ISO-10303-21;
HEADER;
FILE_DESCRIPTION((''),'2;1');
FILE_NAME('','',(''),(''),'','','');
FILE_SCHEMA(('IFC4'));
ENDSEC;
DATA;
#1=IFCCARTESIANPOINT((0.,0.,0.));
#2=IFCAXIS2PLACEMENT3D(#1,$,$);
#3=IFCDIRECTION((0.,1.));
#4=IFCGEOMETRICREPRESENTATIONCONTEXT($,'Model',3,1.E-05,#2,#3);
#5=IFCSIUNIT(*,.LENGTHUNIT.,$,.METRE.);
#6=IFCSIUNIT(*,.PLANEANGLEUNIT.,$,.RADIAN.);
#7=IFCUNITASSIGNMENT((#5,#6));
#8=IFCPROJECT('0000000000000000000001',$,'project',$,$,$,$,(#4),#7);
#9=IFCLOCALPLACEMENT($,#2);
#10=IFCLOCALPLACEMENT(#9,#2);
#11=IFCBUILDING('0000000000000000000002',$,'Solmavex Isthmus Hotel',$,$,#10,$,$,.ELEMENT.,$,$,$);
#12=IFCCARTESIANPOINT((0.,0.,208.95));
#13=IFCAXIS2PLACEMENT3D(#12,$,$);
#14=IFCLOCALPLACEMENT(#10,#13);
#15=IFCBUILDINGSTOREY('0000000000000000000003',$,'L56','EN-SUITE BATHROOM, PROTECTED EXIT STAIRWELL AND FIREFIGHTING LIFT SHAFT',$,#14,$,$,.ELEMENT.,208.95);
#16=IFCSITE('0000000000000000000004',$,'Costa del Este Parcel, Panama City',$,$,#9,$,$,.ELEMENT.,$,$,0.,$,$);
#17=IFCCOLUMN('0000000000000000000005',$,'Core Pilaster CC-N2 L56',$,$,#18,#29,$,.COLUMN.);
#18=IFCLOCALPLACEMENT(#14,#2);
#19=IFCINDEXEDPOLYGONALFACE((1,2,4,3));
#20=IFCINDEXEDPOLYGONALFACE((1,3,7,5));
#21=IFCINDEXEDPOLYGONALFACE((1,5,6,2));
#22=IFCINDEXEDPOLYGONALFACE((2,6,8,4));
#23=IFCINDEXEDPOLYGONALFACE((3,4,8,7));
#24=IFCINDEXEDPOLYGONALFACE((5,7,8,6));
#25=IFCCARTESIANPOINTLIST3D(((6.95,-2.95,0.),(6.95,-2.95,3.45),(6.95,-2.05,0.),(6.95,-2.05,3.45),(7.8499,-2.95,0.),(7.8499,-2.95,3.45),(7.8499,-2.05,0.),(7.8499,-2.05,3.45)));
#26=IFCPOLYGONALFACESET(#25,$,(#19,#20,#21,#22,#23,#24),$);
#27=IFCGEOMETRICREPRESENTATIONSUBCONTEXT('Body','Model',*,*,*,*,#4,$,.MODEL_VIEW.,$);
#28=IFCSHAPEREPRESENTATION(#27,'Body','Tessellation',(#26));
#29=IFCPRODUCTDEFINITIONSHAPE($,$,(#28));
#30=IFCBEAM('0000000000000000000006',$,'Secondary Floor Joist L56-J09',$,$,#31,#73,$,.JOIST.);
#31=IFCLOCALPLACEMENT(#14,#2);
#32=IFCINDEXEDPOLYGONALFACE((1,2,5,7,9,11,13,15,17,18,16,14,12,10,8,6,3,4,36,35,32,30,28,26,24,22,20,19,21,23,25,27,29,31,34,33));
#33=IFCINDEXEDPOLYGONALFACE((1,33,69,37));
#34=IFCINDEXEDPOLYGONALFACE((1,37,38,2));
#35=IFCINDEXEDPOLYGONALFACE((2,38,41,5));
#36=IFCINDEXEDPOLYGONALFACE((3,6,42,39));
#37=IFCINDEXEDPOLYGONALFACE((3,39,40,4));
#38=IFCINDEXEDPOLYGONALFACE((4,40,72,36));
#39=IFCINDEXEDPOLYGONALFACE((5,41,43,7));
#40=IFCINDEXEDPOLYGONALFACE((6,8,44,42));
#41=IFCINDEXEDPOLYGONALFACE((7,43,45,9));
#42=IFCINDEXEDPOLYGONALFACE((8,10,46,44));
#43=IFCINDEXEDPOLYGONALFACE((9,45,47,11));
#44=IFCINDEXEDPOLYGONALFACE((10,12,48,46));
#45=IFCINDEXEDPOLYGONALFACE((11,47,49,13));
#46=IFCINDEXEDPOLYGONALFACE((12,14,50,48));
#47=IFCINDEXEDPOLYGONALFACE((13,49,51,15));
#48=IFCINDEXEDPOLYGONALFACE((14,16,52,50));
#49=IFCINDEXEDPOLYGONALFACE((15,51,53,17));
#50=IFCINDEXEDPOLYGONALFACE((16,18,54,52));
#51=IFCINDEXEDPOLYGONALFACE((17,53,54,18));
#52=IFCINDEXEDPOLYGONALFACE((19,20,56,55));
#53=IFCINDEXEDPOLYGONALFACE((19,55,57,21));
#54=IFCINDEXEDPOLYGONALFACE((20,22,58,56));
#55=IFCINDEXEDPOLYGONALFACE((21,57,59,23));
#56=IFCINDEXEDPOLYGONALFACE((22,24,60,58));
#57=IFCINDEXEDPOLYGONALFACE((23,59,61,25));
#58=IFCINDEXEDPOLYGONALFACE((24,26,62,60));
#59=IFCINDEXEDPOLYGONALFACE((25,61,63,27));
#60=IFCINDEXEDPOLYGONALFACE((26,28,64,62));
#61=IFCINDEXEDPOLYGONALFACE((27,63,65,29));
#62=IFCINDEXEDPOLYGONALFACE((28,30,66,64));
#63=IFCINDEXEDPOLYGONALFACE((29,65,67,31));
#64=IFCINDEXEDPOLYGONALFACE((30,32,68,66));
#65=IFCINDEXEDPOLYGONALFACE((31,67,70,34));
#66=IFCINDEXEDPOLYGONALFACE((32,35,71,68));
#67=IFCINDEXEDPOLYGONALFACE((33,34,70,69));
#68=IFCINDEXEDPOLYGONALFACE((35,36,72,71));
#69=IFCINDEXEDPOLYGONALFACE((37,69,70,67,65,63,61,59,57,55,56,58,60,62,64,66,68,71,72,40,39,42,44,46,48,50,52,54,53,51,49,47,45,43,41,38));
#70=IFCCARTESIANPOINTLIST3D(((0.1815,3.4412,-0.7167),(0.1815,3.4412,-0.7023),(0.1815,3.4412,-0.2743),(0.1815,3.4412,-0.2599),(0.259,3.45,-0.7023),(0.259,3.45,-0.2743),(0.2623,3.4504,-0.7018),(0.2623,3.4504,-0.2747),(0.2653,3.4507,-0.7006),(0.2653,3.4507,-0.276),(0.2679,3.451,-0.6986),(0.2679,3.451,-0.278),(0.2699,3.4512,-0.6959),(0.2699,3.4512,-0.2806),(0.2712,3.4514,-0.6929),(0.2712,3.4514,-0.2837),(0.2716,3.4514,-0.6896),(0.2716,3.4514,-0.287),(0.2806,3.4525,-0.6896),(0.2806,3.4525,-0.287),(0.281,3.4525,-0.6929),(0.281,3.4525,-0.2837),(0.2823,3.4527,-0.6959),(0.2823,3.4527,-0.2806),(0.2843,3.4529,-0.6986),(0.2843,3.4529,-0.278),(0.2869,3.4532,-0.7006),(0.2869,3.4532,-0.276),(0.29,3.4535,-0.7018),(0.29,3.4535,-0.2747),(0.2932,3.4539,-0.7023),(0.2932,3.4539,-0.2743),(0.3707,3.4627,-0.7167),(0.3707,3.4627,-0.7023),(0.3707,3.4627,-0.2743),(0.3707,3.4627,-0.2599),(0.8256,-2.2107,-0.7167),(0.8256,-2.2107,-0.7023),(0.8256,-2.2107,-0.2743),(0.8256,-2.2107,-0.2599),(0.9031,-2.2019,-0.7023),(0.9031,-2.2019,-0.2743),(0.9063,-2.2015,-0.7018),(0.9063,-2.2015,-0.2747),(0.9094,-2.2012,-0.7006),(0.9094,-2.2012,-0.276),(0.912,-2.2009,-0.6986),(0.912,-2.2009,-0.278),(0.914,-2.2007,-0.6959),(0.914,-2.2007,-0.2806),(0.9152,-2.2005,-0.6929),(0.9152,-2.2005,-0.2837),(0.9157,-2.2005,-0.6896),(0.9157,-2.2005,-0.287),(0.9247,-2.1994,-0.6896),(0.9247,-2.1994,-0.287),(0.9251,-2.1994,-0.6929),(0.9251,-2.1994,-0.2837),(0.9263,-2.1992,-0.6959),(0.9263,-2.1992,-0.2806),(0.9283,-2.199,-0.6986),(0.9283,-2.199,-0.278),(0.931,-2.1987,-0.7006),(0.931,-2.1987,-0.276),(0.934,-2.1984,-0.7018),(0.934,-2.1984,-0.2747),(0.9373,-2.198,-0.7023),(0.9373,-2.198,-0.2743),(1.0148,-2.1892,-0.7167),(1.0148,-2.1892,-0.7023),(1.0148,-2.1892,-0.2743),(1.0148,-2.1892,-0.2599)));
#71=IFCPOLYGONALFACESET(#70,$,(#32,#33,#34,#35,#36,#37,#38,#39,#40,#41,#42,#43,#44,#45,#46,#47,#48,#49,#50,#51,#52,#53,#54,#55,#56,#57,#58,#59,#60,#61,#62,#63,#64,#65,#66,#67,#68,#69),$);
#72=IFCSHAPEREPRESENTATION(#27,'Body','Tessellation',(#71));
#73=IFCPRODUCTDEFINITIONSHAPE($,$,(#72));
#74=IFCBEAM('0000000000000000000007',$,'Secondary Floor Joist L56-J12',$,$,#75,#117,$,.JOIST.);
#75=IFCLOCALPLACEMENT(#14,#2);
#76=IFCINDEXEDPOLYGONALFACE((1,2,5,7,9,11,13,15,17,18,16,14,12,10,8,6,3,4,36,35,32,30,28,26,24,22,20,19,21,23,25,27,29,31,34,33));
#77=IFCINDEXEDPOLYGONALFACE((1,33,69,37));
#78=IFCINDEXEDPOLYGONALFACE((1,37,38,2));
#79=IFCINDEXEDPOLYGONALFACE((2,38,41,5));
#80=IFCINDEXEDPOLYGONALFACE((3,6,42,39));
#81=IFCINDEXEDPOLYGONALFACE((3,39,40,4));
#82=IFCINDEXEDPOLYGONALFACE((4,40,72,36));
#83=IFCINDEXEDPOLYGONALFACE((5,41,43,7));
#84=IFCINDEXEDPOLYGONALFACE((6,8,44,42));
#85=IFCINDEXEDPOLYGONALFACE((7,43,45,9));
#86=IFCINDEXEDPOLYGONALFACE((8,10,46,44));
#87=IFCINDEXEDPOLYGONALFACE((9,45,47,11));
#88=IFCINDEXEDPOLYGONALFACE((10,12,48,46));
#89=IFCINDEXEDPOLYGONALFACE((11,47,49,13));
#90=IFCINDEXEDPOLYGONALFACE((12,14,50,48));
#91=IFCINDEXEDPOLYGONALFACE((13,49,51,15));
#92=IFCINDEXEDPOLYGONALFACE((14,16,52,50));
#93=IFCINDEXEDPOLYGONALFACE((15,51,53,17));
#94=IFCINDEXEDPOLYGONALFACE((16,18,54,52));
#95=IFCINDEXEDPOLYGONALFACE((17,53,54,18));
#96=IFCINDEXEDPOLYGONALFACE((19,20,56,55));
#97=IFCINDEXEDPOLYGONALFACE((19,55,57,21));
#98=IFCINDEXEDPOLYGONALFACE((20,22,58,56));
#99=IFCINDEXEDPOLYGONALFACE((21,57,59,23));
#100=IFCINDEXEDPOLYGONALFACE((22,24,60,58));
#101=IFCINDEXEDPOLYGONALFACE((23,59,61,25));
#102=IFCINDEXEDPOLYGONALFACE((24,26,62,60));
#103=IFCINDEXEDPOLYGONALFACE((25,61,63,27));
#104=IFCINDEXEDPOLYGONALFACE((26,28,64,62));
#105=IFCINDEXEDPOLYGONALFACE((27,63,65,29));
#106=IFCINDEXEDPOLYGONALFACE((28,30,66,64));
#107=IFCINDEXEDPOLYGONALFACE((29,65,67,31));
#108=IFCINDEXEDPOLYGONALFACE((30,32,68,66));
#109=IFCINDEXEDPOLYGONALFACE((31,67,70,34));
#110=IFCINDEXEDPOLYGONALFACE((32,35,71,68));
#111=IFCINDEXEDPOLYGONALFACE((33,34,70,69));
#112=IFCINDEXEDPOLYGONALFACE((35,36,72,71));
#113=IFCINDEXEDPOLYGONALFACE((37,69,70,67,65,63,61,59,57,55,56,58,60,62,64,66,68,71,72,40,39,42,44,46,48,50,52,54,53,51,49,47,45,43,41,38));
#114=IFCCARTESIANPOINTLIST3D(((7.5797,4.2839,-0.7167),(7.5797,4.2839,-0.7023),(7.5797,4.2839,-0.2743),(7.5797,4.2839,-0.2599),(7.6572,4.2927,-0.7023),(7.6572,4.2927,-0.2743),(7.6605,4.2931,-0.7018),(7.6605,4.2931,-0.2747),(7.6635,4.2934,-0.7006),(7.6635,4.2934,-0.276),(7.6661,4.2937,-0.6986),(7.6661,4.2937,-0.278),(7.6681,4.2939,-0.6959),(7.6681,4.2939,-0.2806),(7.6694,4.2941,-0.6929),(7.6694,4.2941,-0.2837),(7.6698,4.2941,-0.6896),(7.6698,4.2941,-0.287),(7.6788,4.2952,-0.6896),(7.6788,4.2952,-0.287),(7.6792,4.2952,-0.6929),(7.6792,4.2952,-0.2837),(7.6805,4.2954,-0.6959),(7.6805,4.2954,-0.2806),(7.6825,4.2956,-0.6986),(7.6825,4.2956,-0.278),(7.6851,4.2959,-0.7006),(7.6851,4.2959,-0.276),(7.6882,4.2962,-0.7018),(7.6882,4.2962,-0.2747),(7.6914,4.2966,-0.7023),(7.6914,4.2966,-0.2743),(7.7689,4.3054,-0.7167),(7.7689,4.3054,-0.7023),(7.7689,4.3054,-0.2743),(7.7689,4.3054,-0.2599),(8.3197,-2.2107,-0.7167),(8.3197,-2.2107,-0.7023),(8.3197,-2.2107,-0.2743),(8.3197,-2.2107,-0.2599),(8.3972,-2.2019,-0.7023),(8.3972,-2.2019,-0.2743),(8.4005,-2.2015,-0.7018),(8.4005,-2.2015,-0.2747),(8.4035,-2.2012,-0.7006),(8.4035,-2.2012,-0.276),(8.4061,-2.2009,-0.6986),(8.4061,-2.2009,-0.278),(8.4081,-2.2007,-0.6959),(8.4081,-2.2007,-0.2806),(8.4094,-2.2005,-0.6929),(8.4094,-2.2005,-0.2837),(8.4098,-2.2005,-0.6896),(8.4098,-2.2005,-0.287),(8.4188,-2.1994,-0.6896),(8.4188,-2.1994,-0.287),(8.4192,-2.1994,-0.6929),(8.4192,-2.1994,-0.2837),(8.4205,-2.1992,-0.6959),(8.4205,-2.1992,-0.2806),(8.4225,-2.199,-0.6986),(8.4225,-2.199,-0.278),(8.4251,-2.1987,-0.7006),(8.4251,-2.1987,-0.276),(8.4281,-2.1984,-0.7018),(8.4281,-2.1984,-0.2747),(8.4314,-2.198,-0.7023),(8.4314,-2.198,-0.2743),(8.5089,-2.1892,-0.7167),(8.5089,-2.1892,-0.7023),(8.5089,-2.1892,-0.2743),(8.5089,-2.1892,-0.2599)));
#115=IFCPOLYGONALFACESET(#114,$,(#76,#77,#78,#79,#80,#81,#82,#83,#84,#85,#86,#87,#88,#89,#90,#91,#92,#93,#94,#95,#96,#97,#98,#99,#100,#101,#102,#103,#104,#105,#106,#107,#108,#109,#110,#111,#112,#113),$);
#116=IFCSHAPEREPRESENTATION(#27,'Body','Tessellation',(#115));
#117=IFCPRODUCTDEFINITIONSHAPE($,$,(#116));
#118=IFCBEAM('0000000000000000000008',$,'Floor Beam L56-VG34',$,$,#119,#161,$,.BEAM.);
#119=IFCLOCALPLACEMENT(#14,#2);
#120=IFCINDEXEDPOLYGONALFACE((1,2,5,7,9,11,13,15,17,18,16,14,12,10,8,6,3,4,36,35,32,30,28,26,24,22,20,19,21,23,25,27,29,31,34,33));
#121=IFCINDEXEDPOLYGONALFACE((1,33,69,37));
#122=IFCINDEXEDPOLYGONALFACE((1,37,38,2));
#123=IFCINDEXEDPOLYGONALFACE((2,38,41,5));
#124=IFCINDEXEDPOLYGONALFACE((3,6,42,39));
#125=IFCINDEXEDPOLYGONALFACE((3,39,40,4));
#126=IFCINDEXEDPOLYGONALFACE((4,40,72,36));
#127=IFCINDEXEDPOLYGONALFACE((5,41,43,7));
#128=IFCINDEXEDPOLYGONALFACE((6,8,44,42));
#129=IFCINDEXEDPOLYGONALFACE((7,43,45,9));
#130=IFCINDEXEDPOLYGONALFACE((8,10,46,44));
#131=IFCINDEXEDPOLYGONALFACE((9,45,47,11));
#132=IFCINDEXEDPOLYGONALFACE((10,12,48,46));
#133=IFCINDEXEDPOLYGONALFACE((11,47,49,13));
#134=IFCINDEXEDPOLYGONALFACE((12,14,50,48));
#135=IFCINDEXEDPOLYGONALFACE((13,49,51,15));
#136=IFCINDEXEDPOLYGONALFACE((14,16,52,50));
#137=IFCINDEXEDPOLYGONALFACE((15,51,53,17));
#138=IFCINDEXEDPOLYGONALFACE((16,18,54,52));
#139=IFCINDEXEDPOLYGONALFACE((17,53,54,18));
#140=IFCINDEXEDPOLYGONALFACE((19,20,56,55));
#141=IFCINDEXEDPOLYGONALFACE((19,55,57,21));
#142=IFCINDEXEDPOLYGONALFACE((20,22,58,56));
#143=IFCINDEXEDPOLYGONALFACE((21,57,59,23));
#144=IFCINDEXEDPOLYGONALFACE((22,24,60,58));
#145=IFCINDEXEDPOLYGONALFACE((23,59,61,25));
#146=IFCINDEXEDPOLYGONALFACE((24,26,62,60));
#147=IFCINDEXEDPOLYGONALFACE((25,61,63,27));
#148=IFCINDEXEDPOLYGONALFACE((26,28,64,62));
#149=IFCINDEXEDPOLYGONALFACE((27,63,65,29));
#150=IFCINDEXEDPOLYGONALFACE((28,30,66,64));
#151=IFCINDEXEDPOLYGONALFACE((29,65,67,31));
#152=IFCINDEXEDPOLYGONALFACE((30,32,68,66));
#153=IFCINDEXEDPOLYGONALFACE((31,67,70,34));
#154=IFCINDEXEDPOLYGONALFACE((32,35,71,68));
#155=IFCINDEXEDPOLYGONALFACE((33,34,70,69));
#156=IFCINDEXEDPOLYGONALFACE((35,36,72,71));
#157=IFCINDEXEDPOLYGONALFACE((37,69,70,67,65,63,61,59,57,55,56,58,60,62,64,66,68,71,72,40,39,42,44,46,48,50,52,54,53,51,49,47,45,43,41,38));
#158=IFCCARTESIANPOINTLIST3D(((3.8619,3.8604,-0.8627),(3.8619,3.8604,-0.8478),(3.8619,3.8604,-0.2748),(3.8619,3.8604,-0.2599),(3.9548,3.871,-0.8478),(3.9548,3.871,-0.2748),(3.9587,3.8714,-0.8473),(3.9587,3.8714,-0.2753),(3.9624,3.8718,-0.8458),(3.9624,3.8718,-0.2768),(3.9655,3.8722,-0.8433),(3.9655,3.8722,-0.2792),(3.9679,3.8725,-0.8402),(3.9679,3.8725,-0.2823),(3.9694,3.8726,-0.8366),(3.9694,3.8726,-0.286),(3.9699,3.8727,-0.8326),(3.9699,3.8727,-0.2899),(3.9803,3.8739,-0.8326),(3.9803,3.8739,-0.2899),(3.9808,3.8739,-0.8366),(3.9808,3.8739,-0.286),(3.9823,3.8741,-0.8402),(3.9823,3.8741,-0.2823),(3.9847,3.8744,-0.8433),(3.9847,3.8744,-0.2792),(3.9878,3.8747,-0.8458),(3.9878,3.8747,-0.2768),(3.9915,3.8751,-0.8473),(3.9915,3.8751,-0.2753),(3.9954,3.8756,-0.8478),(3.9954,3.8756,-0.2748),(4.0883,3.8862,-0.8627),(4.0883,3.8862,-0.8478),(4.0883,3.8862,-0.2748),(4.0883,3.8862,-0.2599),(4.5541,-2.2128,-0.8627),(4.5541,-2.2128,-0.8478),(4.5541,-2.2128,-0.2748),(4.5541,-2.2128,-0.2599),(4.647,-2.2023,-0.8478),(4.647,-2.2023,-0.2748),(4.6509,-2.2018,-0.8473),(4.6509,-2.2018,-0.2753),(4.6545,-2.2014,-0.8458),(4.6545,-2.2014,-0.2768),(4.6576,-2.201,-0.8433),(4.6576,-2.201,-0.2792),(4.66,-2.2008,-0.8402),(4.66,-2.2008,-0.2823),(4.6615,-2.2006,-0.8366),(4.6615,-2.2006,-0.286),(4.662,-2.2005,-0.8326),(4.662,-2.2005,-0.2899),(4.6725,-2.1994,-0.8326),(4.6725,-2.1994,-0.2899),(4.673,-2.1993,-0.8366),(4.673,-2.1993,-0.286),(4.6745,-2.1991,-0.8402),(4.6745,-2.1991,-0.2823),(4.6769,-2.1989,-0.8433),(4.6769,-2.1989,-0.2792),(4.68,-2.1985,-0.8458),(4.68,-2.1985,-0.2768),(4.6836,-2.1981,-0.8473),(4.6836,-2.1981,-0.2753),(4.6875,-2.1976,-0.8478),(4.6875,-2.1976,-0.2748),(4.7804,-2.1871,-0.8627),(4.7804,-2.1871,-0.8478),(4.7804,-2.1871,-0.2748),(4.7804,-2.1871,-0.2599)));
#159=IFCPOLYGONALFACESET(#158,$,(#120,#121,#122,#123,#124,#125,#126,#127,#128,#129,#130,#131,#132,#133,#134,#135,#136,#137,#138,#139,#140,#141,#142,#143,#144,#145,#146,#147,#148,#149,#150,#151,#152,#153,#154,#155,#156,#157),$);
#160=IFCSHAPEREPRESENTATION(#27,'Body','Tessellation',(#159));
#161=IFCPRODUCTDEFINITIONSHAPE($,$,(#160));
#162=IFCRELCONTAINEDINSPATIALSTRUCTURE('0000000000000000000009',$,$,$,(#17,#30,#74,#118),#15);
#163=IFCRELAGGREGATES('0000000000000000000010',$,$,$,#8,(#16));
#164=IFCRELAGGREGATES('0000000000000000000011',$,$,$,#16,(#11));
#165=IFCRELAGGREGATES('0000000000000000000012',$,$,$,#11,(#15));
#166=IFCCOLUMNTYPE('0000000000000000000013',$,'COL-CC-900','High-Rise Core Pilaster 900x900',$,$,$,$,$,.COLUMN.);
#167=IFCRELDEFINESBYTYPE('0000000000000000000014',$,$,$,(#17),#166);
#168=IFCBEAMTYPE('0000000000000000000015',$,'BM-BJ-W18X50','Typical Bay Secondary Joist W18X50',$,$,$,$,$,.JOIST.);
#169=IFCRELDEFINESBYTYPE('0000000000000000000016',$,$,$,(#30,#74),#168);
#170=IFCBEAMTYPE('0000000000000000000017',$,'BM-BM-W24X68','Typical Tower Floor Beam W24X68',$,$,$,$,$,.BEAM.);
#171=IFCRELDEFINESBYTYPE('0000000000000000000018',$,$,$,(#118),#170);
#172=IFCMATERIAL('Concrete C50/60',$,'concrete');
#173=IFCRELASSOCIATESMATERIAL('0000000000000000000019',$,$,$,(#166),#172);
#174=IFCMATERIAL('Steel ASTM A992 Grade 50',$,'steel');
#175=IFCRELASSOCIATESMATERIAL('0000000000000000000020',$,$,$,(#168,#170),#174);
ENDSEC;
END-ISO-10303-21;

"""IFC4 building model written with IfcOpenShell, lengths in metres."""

from ifc_helpers import new_model, si_unit, direction, frame, origin, origin_2d, place, context, subcontext, project, spatial, rectangle, i_section, extrude, material, material_profile, profile_set, type_object, element, save


model = new_model("IFC4")

# Units and contexts
model_context = context("Model", 3, precision=1e-05, world=origin(), true_north=direction((0.0, 1.0)))
body_context = subcontext(model_context, "Body", "Model", "MODEL_VIEW")
ifc_project = project(units=[si_unit("LENGTHUNIT", "METRE"), si_unit("PLANEANGLEUNIT", "RADIAN")], contexts=[model_context])

# Site, building, storey
site_placement = place(None, origin())
site = spatial("IfcSite", under=ifc_project, at=site_placement, Name="Costa del Este Parcel, Panama City", CompositionType="ELEMENT", RefElevation=0.0)
building_placement = place(site_placement, origin())
building = spatial("IfcBuilding", under=site, at=building_placement, Name="Solmavex Isthmus Hotel", CompositionType="ELEMENT")
storey_placement = place(building_placement, frame((0.0, 0.0, 208.95)))
storey = spatial("IfcBuildingStorey", under=building, at=storey_placement, Name="L56", Description="EN-SUITE BATHROOM, PROTECTED EXIT STAIRWELL AND FIREFIGHTING LIFT SHAFT", CompositionType="ELEMENT", Elevation=208.95)

# Column
ifc_material_1 = material(Name="Concrete C50/60", Category="concrete")
ifc_material_profile_1 = material_profile(ifc_material_1, rectangle(XDim=0.8999, YDim=0.8999, at=origin_2d()), Name="RC900X900")
ifc_profile_set_1 = profile_set([ifc_material_profile_1], Name="Concrete C50/60")
column_type = type_object("IfcColumnType", Name="COL-CC-900", Description="High-Rise Core Pilaster 900x900", PredefinedType="COLUMN", material=ifc_profile_set_1)
column_placement = place(storey_placement, frame((7.3999, -2.5, 0.0), z_axis=(0.0, 0.0, 1.0), x_axis=(1.0, 0.0, 0.0)))
element("IfcColumn", 1, at=column_placement, inside=storey, type_object=column_type, Name="Core Pilaster CC-N2 L56", PredefinedType="COLUMN", context=body_context, shape_type="SweptSolid", body=[
    extrude(rectangle(XDim=0.8999, YDim=0.8999, at=origin_2d()), origin(), (0.0, 0.0, 1.0), 3.45),
])

# Beams
ifc_material_2 = material(Name="Steel ASTM A992 Grade 50", Category="steel")
ifc_material_profile_2 = material_profile(ifc_material_2, i_section(OverallWidth=0.1904, OverallDepth=0.4568, WebThickness=0.009, FlangeThickness=0.0144, FilletRadius=0.0127, at=origin_2d()), Name="W18X50")
ifc_profile_set_2 = profile_set([ifc_material_profile_2], Name="Steel ASTM A992 Grade 50")
beam_type_1 = type_object("IfcBeamType", Name="BM-BJ-W18X50", Description="Typical Bay Secondary Joist W18X50", PredefinedType="JOIST", material=ifc_profile_set_2)
beam_1_placement = place(storey_placement, frame((0.9202, -2.2, -0.4883), z_axis=(-0.11322, 0.99357, 0.0), x_axis=(-0.99357, -0.11322, 0.0)))
element("IfcBeam", 2, at=beam_1_placement, inside=storey, type_object=beam_type_1, Name="Secondary Floor Joist L56-J09", PredefinedType="JOIST", context=body_context, shape_type="SweptSolid", body=[
    extrude(i_section(OverallWidth=0.1904, OverallDepth=0.4568, WebThickness=0.009, FlangeThickness=0.0144, FilletRadius=0.0127, at=origin_2d()), origin(), (0.0, 0.0, 1.0), 5.6885),
])
beam_2_placement = place(storey_placement, frame((8.4143, -2.2, -0.4883), z_axis=(-0.113206, 0.993571, 0.0), x_axis=(-0.993571, -0.113206, 0.0)))
element("IfcBeam", 3, at=beam_2_placement, inside=storey, type_object=beam_type_1, Name="Secondary Floor Joist L56-J12", PredefinedType="JOIST", context=body_context, shape_type="SweptSolid", body=[
    extrude(i_section(OverallWidth=0.1904, OverallDepth=0.4568, WebThickness=0.009, FlangeThickness=0.0144, FilletRadius=0.0127, at=origin_2d()), origin(), (0.0, 0.0, 1.0), 6.5366),
])
ifc_material_profile_3 = material_profile(ifc_material_2, i_section(OverallWidth=0.2278, OverallDepth=0.6028, WebThickness=0.0105, FlangeThickness=0.0149, FilletRadius=0.0151, at=origin_2d()), Name="W24X68")
ifc_profile_set_3 = profile_set([ifc_material_profile_3], Name="Steel ASTM A992 Grade 50")
beam_type_2 = type_object("IfcBeamType", Name="BM-BM-W24X68", Description="Typical Tower Floor Beam W24X68", PredefinedType="BEAM", material=ifc_profile_set_3)
beam_3_placement = place(storey_placement, frame((4.6672, -2.2, -0.5613), z_axis=(-0.113232, 0.993569, 0.0), x_axis=(-0.993569, -0.113232, 0.0)))
element("IfcBeam", 4, at=beam_3_placement, inside=storey, type_object=beam_type_2, Name="Floor Beam L56-VG34", PredefinedType="BEAM", context=body_context, shape_type="SweptSolid", body=[
    extrude(i_section(OverallWidth=0.2278, OverallDepth=0.6028, WebThickness=0.0105, FlangeThickness=0.0149, FilletRadius=0.0151, at=origin_2d()), origin(), (0.0, 0.0, 1.0), 6.1125),
])

save(model, "model.ifc")
